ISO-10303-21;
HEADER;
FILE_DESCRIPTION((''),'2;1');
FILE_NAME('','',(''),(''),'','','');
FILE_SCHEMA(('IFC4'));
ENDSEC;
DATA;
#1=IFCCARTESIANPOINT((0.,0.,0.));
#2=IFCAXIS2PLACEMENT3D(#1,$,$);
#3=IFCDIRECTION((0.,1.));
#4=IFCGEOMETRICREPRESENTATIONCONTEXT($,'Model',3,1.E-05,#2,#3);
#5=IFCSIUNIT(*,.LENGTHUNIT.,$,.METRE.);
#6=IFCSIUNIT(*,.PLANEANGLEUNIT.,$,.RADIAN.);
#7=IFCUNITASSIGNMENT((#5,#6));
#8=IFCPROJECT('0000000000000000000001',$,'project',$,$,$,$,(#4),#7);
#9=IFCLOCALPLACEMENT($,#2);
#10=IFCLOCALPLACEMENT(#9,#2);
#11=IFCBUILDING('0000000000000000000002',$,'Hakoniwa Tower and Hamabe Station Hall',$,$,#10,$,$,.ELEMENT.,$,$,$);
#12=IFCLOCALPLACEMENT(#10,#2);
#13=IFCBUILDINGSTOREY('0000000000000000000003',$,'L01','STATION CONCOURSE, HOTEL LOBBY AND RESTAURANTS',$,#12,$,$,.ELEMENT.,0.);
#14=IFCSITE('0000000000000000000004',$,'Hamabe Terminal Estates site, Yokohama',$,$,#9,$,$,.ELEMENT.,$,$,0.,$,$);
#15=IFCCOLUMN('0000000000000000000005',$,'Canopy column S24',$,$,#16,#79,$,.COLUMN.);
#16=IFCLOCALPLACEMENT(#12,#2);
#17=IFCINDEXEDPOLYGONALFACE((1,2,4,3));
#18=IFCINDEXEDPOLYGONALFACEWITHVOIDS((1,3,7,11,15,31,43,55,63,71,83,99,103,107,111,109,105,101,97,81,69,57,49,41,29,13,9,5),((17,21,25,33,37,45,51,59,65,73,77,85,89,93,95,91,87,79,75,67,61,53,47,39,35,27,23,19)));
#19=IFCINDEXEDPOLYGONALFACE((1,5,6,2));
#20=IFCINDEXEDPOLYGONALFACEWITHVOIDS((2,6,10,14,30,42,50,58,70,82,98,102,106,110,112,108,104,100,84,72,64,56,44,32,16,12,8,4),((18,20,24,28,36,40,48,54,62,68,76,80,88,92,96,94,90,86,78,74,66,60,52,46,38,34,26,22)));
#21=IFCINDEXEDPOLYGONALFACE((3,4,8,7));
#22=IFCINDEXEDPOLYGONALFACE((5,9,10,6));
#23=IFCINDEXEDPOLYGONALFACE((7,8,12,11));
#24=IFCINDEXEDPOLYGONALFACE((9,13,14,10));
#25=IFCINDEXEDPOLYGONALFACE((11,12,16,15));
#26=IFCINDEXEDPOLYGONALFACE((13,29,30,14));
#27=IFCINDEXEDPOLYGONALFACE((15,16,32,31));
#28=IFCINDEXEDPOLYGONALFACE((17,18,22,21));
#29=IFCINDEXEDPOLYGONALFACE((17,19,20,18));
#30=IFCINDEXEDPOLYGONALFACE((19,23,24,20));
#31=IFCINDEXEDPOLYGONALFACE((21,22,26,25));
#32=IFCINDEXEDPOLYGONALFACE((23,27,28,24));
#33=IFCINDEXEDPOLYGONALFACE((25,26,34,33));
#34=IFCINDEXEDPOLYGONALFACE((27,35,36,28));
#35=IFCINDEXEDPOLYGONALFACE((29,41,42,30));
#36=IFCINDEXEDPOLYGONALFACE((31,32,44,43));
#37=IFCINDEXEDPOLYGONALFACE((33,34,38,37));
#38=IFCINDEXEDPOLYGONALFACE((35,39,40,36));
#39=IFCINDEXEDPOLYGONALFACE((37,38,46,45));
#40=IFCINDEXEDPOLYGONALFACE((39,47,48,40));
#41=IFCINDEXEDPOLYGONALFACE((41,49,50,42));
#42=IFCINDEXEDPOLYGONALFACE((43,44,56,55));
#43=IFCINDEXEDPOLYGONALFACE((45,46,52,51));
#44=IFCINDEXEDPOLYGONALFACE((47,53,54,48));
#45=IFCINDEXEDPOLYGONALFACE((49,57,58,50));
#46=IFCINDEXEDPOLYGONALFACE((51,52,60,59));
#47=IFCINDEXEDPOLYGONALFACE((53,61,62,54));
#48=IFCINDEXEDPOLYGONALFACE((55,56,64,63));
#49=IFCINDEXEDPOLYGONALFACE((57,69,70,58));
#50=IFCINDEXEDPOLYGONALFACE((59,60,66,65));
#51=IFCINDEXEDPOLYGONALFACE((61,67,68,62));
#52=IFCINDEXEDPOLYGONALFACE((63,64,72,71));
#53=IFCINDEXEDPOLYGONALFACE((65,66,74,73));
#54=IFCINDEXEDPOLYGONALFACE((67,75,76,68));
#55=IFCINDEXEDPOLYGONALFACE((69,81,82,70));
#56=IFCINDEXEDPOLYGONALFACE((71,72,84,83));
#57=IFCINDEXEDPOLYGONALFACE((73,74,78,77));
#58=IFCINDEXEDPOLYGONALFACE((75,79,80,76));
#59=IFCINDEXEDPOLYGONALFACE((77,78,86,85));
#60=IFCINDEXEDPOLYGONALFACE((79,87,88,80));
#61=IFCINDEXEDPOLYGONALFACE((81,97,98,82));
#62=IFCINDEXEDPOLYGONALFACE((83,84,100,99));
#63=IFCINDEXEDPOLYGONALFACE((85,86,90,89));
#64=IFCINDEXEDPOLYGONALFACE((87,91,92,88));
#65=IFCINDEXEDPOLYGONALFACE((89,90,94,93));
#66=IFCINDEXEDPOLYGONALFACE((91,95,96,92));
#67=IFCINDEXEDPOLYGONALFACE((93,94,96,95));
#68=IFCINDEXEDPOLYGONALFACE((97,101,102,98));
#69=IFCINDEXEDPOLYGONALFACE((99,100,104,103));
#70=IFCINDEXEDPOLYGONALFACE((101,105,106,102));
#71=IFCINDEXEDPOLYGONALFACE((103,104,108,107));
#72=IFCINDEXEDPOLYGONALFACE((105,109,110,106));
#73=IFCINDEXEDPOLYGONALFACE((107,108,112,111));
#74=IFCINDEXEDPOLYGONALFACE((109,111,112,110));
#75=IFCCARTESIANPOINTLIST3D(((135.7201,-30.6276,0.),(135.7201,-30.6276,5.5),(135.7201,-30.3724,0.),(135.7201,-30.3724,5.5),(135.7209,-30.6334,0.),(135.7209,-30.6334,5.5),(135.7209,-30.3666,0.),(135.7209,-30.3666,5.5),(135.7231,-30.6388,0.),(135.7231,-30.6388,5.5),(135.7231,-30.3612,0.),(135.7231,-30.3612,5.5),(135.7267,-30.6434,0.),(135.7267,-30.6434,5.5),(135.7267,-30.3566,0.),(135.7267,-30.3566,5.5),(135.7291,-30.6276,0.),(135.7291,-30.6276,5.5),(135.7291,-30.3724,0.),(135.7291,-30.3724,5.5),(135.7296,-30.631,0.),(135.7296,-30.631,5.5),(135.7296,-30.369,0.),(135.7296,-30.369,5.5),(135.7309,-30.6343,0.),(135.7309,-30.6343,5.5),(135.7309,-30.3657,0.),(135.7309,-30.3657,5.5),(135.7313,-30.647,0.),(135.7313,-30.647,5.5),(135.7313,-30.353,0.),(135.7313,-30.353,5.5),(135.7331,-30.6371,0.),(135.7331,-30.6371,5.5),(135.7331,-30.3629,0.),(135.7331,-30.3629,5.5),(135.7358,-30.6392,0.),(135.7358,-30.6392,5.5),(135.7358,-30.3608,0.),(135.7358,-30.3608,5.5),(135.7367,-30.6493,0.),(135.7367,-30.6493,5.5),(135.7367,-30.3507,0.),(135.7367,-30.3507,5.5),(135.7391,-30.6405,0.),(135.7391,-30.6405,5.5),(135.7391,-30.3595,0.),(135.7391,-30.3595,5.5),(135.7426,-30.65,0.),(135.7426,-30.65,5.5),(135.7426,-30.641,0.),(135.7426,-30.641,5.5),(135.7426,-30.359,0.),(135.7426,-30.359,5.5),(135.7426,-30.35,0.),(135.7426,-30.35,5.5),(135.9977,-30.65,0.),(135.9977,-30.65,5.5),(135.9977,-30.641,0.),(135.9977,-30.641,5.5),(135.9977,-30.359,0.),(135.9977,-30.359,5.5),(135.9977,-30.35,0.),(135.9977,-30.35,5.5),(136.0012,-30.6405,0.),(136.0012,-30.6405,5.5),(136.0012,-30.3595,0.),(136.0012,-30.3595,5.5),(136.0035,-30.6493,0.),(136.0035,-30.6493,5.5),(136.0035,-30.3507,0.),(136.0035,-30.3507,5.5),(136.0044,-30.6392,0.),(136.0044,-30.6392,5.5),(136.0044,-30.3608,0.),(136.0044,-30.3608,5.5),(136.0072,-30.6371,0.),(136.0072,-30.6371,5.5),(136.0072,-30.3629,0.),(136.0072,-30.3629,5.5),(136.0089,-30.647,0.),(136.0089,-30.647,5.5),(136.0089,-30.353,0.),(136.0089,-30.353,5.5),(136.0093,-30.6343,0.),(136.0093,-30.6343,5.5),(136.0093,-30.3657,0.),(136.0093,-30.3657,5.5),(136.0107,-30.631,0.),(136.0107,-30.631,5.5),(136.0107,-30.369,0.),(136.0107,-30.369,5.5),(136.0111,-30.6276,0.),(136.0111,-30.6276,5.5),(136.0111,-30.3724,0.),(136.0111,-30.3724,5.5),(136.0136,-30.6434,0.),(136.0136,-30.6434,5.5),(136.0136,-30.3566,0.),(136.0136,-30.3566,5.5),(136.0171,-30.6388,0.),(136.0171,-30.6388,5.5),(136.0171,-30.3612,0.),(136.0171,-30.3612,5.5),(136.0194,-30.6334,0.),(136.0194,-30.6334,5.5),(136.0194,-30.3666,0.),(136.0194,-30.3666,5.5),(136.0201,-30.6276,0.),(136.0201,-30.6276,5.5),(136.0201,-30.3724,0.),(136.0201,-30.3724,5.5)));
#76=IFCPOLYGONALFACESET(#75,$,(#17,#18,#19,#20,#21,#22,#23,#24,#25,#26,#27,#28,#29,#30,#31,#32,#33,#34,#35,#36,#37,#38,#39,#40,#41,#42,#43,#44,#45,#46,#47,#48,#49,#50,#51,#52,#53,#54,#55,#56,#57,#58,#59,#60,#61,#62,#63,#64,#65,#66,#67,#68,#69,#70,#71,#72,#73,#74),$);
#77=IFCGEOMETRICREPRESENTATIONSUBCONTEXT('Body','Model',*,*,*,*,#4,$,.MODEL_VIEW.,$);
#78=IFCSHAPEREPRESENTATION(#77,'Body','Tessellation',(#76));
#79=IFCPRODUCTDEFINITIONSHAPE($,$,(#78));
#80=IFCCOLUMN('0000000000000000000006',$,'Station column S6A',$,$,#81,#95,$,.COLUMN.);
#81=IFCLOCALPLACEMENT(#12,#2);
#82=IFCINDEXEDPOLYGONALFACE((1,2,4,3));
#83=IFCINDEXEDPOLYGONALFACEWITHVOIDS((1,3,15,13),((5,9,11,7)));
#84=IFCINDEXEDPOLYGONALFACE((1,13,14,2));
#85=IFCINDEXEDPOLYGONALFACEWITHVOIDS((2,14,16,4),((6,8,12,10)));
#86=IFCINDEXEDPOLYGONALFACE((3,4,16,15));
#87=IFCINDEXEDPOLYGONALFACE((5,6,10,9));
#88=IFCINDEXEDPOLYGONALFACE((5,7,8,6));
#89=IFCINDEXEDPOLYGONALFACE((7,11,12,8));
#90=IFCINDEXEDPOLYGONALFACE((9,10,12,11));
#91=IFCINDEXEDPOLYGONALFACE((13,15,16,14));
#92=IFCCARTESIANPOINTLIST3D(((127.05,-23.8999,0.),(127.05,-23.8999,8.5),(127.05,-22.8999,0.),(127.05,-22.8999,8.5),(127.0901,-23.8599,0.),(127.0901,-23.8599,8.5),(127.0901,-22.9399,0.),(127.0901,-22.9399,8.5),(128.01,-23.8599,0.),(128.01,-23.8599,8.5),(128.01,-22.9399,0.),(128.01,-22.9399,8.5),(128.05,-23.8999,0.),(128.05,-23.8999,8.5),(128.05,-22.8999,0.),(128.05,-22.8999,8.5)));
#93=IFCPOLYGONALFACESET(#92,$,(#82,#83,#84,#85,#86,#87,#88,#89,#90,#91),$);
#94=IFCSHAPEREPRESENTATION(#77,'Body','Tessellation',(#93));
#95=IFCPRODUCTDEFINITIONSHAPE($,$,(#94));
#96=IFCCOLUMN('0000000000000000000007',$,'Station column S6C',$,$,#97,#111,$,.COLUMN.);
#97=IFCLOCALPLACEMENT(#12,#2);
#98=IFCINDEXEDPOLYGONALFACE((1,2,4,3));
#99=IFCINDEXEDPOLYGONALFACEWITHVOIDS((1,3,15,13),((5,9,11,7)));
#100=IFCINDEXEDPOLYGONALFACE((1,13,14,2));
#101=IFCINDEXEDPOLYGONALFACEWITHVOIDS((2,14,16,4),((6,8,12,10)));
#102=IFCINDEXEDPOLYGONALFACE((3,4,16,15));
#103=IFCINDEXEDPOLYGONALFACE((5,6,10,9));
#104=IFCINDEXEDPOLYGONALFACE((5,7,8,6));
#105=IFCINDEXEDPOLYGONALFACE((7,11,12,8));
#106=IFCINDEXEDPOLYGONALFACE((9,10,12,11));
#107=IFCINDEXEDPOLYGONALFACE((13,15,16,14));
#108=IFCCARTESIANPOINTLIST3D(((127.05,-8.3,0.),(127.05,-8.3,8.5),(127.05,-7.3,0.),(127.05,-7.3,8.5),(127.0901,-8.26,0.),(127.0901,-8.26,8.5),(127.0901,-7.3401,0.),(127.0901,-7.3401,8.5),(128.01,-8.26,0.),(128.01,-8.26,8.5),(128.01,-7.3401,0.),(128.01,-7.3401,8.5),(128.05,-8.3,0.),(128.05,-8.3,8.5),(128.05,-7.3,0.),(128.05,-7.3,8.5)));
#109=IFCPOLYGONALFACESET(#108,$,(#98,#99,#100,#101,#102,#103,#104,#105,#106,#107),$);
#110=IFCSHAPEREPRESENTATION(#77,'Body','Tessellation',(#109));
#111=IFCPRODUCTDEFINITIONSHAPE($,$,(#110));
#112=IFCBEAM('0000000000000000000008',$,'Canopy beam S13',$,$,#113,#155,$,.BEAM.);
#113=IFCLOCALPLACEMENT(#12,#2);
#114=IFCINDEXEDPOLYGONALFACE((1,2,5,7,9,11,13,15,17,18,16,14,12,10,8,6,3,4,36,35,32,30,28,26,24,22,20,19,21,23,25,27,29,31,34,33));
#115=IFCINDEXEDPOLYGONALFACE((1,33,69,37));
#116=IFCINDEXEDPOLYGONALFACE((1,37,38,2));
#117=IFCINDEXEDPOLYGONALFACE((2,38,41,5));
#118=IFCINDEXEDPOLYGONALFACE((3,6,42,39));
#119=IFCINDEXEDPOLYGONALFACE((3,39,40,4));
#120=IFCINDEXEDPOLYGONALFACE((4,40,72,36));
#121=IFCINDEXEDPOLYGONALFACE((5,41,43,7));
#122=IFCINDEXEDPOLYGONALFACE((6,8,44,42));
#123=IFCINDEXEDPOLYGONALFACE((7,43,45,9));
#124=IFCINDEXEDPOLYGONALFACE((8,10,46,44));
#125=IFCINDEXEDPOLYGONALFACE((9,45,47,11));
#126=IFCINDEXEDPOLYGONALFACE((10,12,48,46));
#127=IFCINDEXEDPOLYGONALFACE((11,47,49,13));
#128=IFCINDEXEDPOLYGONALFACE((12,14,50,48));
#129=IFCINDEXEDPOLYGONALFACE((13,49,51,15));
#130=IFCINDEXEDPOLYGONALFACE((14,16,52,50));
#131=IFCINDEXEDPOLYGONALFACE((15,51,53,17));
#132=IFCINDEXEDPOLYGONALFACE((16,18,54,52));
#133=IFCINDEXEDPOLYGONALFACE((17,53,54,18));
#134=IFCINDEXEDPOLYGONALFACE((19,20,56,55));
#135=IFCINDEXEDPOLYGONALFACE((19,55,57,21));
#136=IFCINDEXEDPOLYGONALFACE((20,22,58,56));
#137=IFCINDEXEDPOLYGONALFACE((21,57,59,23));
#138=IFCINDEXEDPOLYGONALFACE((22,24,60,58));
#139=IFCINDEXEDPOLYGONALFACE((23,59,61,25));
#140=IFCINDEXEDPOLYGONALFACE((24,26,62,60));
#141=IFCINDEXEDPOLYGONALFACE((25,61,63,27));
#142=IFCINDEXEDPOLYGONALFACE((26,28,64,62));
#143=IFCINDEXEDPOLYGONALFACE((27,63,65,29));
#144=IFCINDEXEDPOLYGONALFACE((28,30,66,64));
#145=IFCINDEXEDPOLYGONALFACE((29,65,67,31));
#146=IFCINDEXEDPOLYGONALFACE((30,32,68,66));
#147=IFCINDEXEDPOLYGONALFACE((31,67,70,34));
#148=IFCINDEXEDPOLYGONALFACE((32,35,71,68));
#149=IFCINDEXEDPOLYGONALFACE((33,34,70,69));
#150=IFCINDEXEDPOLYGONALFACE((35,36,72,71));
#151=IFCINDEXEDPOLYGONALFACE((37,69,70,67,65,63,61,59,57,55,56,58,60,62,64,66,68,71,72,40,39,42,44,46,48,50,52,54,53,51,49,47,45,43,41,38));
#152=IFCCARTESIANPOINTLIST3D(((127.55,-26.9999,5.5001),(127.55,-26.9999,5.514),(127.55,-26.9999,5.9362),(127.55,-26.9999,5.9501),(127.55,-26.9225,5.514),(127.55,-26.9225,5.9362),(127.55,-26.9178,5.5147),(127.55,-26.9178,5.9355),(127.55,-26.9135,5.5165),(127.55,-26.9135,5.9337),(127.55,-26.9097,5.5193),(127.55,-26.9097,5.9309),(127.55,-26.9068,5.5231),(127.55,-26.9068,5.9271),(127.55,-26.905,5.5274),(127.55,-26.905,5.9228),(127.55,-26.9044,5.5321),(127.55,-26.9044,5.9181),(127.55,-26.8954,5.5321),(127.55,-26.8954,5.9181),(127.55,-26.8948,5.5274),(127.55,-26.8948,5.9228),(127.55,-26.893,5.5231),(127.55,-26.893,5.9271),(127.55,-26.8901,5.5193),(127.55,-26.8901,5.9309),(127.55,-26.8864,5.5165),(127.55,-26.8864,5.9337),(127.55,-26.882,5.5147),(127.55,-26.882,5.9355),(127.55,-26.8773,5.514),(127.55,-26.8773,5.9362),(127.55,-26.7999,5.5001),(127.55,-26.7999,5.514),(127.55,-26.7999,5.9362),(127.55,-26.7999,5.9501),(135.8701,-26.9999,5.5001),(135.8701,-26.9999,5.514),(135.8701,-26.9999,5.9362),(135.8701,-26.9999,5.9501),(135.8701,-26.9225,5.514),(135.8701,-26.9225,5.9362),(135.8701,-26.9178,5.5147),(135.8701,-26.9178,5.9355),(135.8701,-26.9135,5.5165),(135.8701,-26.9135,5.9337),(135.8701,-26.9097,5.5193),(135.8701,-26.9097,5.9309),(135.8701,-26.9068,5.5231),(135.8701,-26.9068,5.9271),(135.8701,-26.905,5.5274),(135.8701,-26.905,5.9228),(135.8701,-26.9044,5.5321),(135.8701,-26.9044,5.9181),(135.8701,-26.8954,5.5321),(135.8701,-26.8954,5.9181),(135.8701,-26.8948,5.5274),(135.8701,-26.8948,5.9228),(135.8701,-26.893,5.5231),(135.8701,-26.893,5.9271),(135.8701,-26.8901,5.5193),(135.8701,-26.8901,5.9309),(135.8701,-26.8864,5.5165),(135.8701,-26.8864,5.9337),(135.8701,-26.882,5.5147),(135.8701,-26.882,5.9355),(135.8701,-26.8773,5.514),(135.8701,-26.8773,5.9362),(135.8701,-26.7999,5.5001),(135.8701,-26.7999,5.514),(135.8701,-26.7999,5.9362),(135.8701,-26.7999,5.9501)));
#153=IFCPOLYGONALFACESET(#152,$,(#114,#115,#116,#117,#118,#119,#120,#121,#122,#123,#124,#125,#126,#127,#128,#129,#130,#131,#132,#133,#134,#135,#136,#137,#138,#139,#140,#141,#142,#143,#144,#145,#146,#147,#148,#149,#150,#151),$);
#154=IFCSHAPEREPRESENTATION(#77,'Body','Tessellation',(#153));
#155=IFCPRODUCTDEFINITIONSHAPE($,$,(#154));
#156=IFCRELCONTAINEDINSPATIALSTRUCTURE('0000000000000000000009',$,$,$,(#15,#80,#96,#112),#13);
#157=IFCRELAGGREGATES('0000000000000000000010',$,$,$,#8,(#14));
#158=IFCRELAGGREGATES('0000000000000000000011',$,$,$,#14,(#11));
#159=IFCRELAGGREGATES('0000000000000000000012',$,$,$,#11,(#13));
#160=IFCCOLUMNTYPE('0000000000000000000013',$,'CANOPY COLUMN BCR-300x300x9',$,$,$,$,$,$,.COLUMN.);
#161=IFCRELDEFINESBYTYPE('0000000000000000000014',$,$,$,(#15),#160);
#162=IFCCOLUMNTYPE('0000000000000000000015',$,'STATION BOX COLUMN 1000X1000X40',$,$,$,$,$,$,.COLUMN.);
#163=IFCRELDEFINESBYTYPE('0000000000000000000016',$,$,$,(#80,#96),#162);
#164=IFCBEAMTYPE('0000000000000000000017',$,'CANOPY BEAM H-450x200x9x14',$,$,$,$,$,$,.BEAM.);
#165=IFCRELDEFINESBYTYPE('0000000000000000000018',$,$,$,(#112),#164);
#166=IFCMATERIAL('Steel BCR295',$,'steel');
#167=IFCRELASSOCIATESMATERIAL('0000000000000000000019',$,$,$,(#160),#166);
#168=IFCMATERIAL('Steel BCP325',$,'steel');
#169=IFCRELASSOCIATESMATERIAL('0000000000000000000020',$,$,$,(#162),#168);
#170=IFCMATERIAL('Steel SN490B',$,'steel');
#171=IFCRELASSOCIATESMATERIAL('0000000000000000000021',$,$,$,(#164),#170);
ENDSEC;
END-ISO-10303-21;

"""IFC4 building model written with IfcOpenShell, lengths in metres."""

from ifc_helpers import new_model, si_unit, direction, frame, origin, origin_2d, place, context, subcontext, project, spatial, hollow_rectangle, i_section, extrude, material, material_profile, profile_set, type_object, element, save


model = new_model("IFC4")

# Units and contexts
model_context = context("Model", 3, precision=1e-05, world=origin(), true_north=direction((0.0, 1.0)))
body_context = subcontext(model_context, "Body", "Model", "MODEL_VIEW")
ifc_project = project(units=[si_unit("LENGTHUNIT", "METRE"), si_unit("PLANEANGLEUNIT", "RADIAN")], contexts=[model_context])

# Site, building, storey
site_placement = place(None, origin())
site = spatial("IfcSite", under=ifc_project, at=site_placement, Name="Hamabe Terminal Estates site, Yokohama", CompositionType="ELEMENT", RefElevation=0.0)
building_placement = place(site_placement, origin())
building = spatial("IfcBuilding", under=site, at=building_placement, Name="Hakoniwa Tower and Hamabe Station Hall", CompositionType="ELEMENT")
storey_placement = place(building_placement, origin())
storey = spatial("IfcBuildingStorey", under=building, at=storey_placement, Name="L01", Description="STATION CONCOURSE, HOTEL LOBBY AND RESTAURANTS", CompositionType="ELEMENT", Elevation=0.0)

# Columns
ifc_material_1 = material(Name="Steel BCR295", Category="steel")
ifc_material_profile_1 = material_profile(ifc_material_1, hollow_rectangle(XDim=0.3, YDim=0.3, WallThickness=0.009, InnerFilletRadius=0.0134, OuterFilletRadius=0.0225, at=origin_2d()), Name="BCR-300x300x9")
ifc_profile_set_1 = profile_set([ifc_material_profile_1], Name="Steel BCR295")
column_type_1 = type_object("IfcColumnType", Name="CANOPY COLUMN BCR-300x300x9", PredefinedType="COLUMN", material=ifc_profile_set_1)
for number, where, z_axis, x_axis, name in (
    (1, (135.8701, -30.5, 0.0), (0.0, 0.0, 1.0), (1.0, 0.0, 0.0), "Canopy column S24"),
):
    element("IfcColumn", number, at=place(storey_placement, frame(where, z_axis=z_axis, x_axis=x_axis)), inside=storey, type_object=column_type_1, Name=name, PredefinedType="COLUMN", context=body_context, shape_type="SweptSolid", body=[
        extrude(hollow_rectangle(XDim=0.3, YDim=0.3, WallThickness=0.009, InnerFilletRadius=0.0134, OuterFilletRadius=0.0225, at=origin_2d()), origin(), (0.0, 0.0, 1.0), 5.5),
    ])
ifc_material_2 = material(Name="Steel BCP325", Category="steel")
ifc_material_profile_2 = material_profile(ifc_material_2, hollow_rectangle(XDim=1.0, YDim=1.0, WallThickness=0.04, at=origin_2d()), Name="STATION BOX COLUMN 1000X1000X40")
ifc_profile_set_2 = profile_set([ifc_material_profile_2], Name="Steel BCP325")
column_type_2 = type_object("IfcColumnType", Name="STATION BOX COLUMN 1000X1000X40", PredefinedType="COLUMN", material=ifc_profile_set_2)
for number, where, z_axis, x_axis, name in (
    (2, (127.55, -23.3999, 0.0), (0.0, 0.0, 1.0), (1.0, 0.0, 0.0), "Station column S6A"),
    (3, (127.55, -7.8, 0.0), (0.0, 0.0, 1.0), (1.0, 0.0, 0.0), "Station column S6C"),
):
    element("IfcColumn", number, at=place(storey_placement, frame(where, z_axis=z_axis, x_axis=x_axis)), inside=storey, type_object=column_type_2, Name=name, PredefinedType="COLUMN", context=body_context, shape_type="SweptSolid", body=[
        extrude(hollow_rectangle(XDim=1.0, YDim=1.0, WallThickness=0.04, at=origin_2d()), origin(), (0.0, 0.0, 1.0), 8.5),
    ])

# Beam
ifc_material_3 = material(Name="Steel SN490B", Category="steel")
ifc_material_profile_3 = material_profile(ifc_material_3, i_section(OverallWidth=0.2, OverallDepth=0.45, WebThickness=0.009, FlangeThickness=0.0139, FilletRadius=0.0181, at=origin_2d()), Name="H-450x200x9x14")
ifc_profile_set_3 = profile_set([ifc_material_profile_3], Name="Steel SN490B")
beam_type = type_object("IfcBeamType", Name="CANOPY BEAM H-450x200x9x14", PredefinedType="BEAM", material=ifc_profile_set_3)
beam_1_placement = place(storey_placement, frame((127.55, -26.8999, 5.7251), z_axis=(1.0, 0.0, 0.0), x_axis=(0.0, 1.0, 0.0)))
element("IfcBeam", 4, at=beam_1_placement, inside=storey, type_object=beam_type, Name="Canopy beam S13", PredefinedType="BEAM", context=body_context, shape_type="SweptSolid", body=[
    extrude(i_section(OverallWidth=0.2, OverallDepth=0.45, WebThickness=0.009, FlangeThickness=0.0139, FilletRadius=0.0181, at=origin_2d()), origin(), (0.0, 0.0, 1.0), 8.3201),
])

save(model, "model.ifc")
